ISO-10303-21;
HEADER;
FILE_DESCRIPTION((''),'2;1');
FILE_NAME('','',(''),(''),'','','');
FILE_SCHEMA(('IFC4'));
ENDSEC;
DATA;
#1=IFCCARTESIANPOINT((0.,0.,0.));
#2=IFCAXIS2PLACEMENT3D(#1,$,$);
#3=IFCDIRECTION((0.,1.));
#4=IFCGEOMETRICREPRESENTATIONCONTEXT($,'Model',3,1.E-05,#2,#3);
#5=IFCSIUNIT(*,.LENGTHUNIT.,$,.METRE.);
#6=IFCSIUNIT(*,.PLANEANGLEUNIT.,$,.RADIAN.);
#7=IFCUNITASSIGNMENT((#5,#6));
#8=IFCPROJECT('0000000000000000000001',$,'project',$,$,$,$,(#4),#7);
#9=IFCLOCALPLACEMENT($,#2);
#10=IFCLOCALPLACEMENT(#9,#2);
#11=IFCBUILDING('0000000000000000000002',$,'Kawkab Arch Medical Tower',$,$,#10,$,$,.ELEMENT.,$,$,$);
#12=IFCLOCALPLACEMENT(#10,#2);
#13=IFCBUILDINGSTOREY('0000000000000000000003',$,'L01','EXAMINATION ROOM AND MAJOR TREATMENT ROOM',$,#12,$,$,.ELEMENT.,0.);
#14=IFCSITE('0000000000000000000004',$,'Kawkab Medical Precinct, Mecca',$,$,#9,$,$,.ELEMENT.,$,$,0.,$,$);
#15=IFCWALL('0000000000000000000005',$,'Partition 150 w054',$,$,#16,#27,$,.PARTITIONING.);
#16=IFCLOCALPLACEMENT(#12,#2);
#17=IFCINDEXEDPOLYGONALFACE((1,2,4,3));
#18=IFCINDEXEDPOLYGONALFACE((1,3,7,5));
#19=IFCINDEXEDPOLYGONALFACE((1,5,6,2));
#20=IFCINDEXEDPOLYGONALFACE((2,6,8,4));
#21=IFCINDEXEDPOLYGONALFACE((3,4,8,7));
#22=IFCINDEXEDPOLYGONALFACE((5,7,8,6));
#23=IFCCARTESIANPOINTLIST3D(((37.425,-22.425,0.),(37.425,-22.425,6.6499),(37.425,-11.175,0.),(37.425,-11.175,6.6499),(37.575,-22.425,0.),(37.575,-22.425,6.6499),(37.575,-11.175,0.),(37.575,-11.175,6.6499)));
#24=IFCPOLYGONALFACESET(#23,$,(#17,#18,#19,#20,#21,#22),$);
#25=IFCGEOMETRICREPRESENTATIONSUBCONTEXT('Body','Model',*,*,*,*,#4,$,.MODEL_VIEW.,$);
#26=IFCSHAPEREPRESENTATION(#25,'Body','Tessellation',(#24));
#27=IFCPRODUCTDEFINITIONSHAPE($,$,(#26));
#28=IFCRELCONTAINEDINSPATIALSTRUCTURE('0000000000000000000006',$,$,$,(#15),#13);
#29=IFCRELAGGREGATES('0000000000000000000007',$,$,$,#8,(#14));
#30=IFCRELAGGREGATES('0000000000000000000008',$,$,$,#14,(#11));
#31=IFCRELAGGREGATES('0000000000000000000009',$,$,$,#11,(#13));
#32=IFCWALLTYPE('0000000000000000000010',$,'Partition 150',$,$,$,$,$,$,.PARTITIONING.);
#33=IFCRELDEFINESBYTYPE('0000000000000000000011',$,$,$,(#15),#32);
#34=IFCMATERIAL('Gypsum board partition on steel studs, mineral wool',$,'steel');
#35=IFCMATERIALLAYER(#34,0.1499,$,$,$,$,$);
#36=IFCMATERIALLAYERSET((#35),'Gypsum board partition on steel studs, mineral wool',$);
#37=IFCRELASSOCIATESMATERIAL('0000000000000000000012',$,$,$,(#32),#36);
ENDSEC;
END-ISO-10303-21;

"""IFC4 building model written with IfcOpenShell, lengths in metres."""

from ifc_helpers import new_model, si_unit, direction, frame, frame_2d, origin, place, context, subcontext, project, spatial, rectangle, extrude, material, layer, layer_set, type_object, element, save


model = new_model("IFC4")

# Units and contexts
model_context = context("Model", 3, precision=1e-05, world=origin(), true_north=direction((0.0, 1.0)))
body_context = subcontext(model_context, "Body", "Model", "MODEL_VIEW")
ifc_project = project(units=[si_unit("LENGTHUNIT", "METRE"), si_unit("PLANEANGLEUNIT", "RADIAN")], contexts=[model_context])

# Site, building, storey
site_placement = place(None, origin())
site = spatial("IfcSite", under=ifc_project, at=site_placement, Name="Kawkab Medical Precinct, Mecca", CompositionType="ELEMENT", RefElevation=0.0)
building_placement = place(site_placement, origin())
building = spatial("IfcBuilding", under=site, at=building_placement, Name="Kawkab Arch Medical Tower", CompositionType="ELEMENT")
storey_placement = place(building_placement, origin())
storey = spatial("IfcBuildingStorey", under=building, at=storey_placement, Name="L01", Description="EXAMINATION ROOM AND MAJOR TREATMENT ROOM", CompositionType="ELEMENT", Elevation=0.0)

# Shared definitions
ifc_material_1 = material(Name="Gypsum board partition on steel studs, mineral wool", Category="steel")
ifc_layer_1 = layer(ifc_material_1, 0.1499)
ifc_layer_set_1 = layer_set([ifc_layer_1], Name="Gypsum board partition on steel studs, mineral wool")
wall_type = type_object("IfcWallType", Name="Partition 150", PredefinedType="PARTITIONING", material=ifc_layer_set_1)

# Wall
for number, where, z_axis, x_axis, name in (
    (1, (37.5, -22.425, 0.0), (0.0, 0.0, 1.0), (0.0, 1.0, 0.0), "Partition 150 w054"),
):
    element("IfcWall", number, at=place(storey_placement, frame(where, z_axis=z_axis, x_axis=x_axis)), inside=storey, type_object=wall_type, Name=name, PredefinedType="PARTITIONING", context=body_context, shape_type="SweptSolid", body=[
        extrude(rectangle(XDim=11.25, YDim=0.1499, at=frame_2d((5.625, 0.0))), origin(), (0.0, 0.0, 1.0), 6.6499),
    ])

save(model, "model.ifc")
